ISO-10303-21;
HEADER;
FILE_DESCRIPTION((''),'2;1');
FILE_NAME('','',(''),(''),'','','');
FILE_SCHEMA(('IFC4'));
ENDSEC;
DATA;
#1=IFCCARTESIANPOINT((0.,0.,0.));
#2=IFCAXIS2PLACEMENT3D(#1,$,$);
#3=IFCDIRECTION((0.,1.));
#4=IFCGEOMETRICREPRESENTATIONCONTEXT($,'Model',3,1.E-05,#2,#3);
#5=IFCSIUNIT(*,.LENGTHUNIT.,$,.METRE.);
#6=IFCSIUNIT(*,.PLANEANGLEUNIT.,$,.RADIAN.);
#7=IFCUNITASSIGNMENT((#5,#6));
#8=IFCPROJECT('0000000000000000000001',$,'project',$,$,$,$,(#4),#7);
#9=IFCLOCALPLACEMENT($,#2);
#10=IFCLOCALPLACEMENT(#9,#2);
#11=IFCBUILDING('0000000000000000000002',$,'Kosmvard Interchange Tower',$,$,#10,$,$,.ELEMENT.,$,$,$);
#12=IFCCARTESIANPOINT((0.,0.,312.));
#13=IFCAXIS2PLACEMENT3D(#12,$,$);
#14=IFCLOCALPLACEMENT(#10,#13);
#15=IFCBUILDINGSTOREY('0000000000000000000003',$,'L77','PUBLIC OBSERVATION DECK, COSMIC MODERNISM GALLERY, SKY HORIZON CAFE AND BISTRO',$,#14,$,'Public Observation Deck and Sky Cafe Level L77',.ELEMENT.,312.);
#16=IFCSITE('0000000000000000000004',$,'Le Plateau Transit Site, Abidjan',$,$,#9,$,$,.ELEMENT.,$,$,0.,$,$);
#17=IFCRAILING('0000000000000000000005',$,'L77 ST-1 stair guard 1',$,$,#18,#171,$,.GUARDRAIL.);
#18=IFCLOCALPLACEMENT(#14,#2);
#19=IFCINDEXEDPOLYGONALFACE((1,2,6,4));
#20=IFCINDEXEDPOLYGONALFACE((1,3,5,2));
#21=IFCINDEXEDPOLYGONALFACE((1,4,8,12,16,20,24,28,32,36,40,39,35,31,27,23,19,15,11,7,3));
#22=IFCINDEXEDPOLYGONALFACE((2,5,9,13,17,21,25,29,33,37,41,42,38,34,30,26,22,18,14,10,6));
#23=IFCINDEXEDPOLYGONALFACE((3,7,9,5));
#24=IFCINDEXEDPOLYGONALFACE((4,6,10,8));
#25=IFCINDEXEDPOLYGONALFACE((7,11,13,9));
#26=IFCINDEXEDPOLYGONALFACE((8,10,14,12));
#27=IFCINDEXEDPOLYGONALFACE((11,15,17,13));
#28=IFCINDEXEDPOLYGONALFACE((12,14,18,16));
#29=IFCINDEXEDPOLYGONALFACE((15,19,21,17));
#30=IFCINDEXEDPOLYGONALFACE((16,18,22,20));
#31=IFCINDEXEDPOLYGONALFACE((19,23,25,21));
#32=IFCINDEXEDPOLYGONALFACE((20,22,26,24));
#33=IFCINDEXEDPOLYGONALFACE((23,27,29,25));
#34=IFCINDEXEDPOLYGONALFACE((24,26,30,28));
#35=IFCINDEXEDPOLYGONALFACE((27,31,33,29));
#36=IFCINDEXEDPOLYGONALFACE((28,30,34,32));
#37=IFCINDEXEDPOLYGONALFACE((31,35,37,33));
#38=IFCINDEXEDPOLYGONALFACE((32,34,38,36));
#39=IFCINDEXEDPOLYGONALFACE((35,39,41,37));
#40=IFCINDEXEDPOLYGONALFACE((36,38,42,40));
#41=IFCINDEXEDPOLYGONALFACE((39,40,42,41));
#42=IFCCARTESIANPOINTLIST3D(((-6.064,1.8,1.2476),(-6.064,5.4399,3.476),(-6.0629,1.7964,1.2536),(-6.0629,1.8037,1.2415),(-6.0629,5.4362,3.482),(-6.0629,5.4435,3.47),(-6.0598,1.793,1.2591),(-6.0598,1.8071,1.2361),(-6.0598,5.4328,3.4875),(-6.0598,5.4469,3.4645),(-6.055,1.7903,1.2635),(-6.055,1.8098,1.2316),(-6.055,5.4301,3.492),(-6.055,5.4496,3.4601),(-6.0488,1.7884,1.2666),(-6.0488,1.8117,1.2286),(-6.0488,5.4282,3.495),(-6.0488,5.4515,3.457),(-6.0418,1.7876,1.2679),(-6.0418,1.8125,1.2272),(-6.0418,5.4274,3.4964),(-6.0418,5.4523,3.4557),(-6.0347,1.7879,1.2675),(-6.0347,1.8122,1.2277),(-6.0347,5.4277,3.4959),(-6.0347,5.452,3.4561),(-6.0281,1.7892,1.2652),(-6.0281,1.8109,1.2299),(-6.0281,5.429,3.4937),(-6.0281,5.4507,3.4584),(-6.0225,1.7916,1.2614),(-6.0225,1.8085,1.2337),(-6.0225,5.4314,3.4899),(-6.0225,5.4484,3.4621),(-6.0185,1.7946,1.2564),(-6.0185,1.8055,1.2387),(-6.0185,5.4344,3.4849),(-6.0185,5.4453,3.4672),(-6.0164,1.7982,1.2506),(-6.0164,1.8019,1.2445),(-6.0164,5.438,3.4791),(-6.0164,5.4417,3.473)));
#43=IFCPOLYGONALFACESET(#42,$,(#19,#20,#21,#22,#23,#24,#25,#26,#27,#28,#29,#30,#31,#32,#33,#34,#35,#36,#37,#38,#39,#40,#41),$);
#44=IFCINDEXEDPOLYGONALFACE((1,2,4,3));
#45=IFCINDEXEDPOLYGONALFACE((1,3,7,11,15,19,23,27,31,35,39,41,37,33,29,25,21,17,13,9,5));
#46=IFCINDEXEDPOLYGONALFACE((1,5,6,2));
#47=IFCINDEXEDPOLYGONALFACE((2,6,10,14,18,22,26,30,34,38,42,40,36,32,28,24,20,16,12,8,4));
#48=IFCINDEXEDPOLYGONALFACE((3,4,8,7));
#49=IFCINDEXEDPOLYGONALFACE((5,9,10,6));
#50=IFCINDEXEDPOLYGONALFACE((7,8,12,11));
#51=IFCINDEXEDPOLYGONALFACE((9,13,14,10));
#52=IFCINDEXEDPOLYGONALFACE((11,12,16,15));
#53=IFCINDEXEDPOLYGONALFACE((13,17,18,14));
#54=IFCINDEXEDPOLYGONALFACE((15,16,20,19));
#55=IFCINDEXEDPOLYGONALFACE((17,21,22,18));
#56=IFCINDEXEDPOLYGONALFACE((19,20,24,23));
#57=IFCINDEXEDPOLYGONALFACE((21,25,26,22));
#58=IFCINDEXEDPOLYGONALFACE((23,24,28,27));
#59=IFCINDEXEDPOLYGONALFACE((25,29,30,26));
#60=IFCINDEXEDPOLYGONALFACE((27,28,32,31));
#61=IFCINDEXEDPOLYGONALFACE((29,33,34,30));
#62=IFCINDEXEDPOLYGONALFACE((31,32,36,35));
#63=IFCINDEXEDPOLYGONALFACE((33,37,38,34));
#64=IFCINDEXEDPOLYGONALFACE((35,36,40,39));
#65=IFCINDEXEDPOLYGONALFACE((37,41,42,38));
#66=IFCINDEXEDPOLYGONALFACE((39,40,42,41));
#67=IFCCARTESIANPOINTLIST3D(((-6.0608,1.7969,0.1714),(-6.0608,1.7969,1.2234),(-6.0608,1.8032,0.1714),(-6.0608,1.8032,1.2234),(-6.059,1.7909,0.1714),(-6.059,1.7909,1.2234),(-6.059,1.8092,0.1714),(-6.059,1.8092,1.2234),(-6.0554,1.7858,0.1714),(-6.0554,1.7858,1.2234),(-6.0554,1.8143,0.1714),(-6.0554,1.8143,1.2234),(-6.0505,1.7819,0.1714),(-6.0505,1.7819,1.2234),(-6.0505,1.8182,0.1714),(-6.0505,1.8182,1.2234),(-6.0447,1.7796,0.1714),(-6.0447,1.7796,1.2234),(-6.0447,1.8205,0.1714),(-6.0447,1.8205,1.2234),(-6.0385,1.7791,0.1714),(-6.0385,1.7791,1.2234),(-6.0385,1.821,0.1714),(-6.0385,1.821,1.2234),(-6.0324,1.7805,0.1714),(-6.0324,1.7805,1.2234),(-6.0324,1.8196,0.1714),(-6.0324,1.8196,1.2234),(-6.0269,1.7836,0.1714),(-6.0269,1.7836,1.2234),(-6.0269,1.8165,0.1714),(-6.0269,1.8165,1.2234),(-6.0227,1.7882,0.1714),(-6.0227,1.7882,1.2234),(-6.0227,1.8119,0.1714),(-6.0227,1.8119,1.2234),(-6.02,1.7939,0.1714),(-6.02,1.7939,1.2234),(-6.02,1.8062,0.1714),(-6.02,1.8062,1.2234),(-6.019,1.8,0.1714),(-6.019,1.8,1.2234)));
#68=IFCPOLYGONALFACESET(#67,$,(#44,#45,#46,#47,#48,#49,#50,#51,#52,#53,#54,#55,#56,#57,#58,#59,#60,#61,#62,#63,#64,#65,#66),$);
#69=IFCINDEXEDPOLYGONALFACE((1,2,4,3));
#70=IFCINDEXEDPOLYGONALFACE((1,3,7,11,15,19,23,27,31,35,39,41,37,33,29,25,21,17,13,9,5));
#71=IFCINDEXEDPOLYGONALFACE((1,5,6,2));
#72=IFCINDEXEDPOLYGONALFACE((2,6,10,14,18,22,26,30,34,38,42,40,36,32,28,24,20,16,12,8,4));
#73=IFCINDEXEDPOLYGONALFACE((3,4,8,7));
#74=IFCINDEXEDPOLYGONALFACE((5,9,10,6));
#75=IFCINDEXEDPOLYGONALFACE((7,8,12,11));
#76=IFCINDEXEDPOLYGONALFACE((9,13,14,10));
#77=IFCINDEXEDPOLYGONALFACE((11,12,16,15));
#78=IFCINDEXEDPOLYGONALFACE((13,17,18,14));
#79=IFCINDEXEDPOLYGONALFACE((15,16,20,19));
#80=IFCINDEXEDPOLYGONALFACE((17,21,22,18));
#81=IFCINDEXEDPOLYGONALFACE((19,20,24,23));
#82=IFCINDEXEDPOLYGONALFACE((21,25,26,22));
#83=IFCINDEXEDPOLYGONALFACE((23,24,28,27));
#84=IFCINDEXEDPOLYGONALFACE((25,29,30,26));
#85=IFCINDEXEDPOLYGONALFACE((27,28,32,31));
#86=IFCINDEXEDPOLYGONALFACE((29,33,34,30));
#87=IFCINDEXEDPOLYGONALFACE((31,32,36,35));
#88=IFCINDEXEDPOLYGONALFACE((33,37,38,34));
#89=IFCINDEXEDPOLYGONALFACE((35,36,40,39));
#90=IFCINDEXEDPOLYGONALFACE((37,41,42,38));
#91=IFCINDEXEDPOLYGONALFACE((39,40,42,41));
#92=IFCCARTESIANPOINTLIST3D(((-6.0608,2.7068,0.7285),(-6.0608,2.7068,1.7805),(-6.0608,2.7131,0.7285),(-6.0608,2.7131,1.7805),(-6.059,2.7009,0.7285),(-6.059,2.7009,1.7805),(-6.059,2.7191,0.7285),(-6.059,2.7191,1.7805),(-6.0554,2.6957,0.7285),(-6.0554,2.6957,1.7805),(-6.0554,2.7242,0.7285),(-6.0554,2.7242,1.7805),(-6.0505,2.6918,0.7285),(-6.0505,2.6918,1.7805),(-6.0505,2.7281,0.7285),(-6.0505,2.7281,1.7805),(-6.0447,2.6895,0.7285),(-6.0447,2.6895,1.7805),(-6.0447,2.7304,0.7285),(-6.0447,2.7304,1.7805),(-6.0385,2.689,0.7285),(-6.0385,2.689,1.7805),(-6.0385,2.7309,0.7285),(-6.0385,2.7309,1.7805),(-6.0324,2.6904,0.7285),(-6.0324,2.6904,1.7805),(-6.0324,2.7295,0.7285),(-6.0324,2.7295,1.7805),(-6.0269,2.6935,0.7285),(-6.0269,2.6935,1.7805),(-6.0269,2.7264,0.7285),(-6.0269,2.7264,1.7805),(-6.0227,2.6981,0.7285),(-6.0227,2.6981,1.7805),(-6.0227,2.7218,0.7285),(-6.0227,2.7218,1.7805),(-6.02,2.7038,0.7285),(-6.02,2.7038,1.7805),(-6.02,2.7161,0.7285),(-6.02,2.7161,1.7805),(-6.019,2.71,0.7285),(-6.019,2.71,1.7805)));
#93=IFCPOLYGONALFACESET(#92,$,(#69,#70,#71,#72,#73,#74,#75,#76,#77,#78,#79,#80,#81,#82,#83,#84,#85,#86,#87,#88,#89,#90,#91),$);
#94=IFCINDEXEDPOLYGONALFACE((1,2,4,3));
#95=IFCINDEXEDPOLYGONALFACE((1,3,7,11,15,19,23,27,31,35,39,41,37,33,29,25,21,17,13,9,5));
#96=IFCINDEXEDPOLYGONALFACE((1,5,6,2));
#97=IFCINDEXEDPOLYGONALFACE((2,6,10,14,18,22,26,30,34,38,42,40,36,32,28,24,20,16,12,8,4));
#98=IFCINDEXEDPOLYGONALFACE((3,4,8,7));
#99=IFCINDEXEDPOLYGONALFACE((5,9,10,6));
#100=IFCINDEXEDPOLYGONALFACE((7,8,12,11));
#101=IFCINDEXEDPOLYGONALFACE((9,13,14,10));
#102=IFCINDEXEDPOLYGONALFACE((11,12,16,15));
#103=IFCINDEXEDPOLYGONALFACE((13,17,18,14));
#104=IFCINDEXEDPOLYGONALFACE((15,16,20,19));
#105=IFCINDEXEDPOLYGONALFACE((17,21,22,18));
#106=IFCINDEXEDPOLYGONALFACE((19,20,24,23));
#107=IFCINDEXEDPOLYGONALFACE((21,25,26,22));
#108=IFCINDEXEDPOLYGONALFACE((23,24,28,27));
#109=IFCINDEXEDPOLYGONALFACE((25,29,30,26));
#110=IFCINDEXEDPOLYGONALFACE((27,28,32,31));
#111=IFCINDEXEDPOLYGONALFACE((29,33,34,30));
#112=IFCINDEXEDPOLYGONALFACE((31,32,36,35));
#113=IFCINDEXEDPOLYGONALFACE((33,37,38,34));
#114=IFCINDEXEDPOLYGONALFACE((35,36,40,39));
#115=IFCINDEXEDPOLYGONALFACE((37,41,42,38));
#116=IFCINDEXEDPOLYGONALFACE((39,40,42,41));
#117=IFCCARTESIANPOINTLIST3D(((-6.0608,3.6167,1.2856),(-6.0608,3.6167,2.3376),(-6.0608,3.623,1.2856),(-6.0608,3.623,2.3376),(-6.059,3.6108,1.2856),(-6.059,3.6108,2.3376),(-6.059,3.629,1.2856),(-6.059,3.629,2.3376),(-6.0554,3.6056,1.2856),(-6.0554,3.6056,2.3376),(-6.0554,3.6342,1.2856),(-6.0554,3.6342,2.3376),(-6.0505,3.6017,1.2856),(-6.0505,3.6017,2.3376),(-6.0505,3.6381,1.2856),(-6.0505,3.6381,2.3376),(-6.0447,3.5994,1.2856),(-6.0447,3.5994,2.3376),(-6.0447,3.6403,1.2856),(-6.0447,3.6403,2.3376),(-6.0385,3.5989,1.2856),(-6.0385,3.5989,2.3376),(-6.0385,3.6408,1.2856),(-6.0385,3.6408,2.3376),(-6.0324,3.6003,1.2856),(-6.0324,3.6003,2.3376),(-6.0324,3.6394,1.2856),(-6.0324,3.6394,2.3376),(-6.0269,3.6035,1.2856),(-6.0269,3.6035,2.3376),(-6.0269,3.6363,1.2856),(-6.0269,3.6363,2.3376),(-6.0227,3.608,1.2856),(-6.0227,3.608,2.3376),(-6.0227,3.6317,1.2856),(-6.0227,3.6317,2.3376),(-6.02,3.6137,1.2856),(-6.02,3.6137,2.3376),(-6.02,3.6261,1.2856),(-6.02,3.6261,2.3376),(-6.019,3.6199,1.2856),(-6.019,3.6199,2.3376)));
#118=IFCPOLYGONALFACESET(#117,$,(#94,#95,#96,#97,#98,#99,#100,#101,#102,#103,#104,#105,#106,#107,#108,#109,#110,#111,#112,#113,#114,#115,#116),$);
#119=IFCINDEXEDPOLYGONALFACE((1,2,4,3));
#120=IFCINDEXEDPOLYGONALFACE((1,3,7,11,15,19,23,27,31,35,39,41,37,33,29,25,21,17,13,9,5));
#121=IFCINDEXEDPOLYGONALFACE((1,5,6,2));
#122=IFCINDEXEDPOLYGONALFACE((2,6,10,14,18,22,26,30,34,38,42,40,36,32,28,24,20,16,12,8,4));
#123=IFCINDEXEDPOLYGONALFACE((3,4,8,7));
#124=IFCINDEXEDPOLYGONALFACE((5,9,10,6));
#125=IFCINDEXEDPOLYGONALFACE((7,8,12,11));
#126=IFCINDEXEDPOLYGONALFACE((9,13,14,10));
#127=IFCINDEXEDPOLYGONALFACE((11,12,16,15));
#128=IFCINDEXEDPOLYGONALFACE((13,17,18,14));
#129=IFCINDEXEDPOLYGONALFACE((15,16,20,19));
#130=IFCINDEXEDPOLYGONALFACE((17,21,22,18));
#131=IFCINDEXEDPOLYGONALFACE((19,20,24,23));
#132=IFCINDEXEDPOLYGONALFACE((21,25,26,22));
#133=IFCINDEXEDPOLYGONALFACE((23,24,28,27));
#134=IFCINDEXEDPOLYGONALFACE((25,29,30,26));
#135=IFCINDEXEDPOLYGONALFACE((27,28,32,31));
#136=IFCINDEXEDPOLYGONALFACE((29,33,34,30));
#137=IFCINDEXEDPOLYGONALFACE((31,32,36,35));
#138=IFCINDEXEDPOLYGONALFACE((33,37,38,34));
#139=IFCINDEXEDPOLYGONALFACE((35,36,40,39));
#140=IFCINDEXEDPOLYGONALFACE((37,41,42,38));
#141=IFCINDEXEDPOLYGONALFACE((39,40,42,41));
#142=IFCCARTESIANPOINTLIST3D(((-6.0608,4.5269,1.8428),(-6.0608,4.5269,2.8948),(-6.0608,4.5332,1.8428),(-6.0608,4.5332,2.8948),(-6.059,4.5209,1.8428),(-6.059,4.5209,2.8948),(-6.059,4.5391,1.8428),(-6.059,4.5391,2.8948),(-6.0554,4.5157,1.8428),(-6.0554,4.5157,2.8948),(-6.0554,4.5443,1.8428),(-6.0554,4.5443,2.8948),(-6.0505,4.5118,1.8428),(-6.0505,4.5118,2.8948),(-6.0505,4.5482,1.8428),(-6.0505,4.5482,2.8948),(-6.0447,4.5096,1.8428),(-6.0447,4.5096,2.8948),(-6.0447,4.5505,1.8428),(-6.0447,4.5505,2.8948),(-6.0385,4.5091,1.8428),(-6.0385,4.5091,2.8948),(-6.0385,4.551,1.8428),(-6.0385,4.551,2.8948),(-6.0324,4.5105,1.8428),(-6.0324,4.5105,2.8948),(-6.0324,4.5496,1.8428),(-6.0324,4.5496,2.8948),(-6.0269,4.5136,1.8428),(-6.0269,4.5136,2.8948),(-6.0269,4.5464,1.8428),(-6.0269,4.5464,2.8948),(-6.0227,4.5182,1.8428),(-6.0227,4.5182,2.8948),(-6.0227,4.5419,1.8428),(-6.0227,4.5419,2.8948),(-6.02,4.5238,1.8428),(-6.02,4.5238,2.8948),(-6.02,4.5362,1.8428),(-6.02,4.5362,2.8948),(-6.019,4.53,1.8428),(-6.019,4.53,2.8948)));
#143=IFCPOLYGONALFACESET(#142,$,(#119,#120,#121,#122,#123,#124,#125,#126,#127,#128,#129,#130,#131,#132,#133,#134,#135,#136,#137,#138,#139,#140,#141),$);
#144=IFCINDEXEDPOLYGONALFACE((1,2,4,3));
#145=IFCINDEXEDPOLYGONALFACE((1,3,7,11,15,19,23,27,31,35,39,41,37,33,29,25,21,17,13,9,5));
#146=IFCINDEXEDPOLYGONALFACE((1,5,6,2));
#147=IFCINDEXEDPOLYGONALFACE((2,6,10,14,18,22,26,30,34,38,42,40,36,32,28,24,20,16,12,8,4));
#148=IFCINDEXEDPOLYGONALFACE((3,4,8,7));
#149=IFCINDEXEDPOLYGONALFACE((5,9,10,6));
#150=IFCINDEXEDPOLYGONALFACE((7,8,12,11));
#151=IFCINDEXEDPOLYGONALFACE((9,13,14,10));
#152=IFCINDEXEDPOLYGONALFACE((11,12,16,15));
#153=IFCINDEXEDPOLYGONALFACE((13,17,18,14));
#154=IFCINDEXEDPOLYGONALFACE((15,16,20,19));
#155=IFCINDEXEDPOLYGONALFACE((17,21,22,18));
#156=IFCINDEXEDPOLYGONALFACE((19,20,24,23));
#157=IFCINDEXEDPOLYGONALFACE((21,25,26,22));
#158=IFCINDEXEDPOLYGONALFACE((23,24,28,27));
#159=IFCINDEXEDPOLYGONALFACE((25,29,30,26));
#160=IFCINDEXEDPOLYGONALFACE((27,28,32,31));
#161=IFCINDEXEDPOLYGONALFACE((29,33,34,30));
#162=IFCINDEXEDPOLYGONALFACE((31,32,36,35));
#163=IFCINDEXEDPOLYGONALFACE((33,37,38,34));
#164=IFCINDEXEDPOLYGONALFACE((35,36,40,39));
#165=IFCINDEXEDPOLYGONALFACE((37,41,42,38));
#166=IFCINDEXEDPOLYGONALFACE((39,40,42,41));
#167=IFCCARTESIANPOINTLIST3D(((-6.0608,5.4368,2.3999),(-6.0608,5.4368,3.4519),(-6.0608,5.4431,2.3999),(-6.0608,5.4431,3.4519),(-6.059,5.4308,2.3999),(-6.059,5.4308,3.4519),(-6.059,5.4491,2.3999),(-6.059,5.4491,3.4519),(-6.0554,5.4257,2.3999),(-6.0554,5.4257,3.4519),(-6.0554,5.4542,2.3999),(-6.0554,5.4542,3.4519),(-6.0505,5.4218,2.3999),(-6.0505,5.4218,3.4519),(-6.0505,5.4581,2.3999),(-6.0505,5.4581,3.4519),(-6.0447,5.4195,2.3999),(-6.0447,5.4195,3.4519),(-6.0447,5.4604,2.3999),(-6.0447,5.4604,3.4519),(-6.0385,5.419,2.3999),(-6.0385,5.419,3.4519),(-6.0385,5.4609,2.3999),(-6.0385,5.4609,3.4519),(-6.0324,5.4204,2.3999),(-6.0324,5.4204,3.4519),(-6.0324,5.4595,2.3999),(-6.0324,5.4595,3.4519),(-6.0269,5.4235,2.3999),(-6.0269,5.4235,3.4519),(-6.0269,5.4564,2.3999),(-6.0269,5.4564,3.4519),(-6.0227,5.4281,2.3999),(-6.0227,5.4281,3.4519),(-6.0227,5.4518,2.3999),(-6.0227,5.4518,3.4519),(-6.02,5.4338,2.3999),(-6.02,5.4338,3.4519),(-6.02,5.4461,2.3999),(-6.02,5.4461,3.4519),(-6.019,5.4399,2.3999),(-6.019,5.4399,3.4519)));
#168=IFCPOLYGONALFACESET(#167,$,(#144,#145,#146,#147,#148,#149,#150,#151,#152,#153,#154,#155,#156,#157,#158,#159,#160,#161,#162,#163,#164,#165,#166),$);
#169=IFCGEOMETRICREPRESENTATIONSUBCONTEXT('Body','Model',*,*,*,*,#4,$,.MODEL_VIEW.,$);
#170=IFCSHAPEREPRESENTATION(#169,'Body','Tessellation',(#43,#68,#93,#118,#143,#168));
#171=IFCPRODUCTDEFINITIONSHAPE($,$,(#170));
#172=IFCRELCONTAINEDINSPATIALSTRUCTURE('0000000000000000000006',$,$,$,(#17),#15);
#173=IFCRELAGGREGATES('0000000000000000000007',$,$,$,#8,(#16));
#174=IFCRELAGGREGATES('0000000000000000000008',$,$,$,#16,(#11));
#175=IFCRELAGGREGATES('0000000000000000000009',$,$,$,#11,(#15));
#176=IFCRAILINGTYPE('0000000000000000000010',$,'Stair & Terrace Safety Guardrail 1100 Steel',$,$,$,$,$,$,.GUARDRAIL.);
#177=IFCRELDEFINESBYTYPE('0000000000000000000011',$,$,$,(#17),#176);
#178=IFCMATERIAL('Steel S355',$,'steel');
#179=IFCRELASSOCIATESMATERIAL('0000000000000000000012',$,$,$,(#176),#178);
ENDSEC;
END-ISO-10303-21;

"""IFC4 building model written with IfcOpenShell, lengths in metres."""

from ifc_helpers import new_model, si_unit, direction, frame, origin, origin_2d, place, context, subcontext, project, spatial, circle, extrude, source, transform, mapped, material, type_object, element, save


model = new_model("IFC4")

# Units and contexts
model_context = context("Model", 3, precision=1e-05, world=origin(), true_north=direction((0.0, 1.0)))
body_context = subcontext(model_context, "Body", "Model", "MODEL_VIEW")
ifc_project = project(units=[si_unit("LENGTHUNIT", "METRE"), si_unit("PLANEANGLEUNIT", "RADIAN")], contexts=[model_context])

# Site, building, storey
site_placement = place(None, origin())
site = spatial("IfcSite", under=ifc_project, at=site_placement, Name="Le Plateau Transit Site, Abidjan", CompositionType="ELEMENT", RefElevation=0.0)
building_placement = place(site_placement, origin())
building = spatial("IfcBuilding", under=site, at=building_placement, Name="Kosmvard Interchange Tower", CompositionType="ELEMENT")
storey_placement = place(building_placement, frame((0.0, 0.0, 312.0)))
storey = spatial("IfcBuildingStorey", under=building, at=storey_placement, Name="L77", Description="PUBLIC OBSERVATION DECK, COSMIC MODERNISM GALLERY, SKY HORIZON CAFE AND BISTRO", LongName="Public Observation Deck and Sky Cafe Level L77", CompositionType="ELEMENT", Elevation=312.0)

# Railing
ifc_material_1 = material(Name="Steel S355", Category="steel")
railing_type_1 = type_object("IfcRailingType", Name="Stair & Terrace Safety Guardrail 1100 Steel", PredefinedType="GUARDRAIL", material=ifc_material_1)
shared_shape_1 = source(origin(), body_context, "Body", "SweptSolid", [
    extrude(circle(Radius=0.0239, at=origin_2d()), frame((0.0, 0.0, 1.0762), z_axis=(0.0, 0.85285, 0.522156), x_axis=(-1.0, 0.0, 0.0)), (0.0, 0.0, 1.0), 4.2678),
    extrude(circle(Radius=0.021, at=origin_2d()), origin(), (0.0, 0.0, 1.0), 1.052),
    extrude(circle(Radius=0.021, at=origin_2d()), frame((0.0, 0.9099, 0.5571)), (0.0, 0.0, 1.0), 1.052),
    extrude(circle(Radius=0.021, at=origin_2d()), frame((0.0, 1.8198, 1.1143)), (0.0, 0.0, 1.0), 1.052),
    extrude(circle(Radius=0.021, at=origin_2d()), frame((0.0, 2.73, 1.6714)), (0.0, 0.0, 1.0), 1.052),
    extrude(circle(Radius=0.021, at=origin_2d()), frame((0.0, 3.6399, 2.2285)), (0.0, 0.0, 1.0), 1.052),
])
railing_1_placement = place(storey_placement, frame((-6.04, 1.8, 0.1714)))
element("IfcRailing", 1, at=railing_1_placement, inside=storey, type_object=railing_type_1, Name="L77 ST-1 stair guard 1", PredefinedType="GUARDRAIL", context=body_context, shape_type="MappedRepresentation", body=[
    mapped(shared_shape_1, transform((0.0, 0.0, 0.0), scale=1.0)),
])

save(model, "model.ifc")
